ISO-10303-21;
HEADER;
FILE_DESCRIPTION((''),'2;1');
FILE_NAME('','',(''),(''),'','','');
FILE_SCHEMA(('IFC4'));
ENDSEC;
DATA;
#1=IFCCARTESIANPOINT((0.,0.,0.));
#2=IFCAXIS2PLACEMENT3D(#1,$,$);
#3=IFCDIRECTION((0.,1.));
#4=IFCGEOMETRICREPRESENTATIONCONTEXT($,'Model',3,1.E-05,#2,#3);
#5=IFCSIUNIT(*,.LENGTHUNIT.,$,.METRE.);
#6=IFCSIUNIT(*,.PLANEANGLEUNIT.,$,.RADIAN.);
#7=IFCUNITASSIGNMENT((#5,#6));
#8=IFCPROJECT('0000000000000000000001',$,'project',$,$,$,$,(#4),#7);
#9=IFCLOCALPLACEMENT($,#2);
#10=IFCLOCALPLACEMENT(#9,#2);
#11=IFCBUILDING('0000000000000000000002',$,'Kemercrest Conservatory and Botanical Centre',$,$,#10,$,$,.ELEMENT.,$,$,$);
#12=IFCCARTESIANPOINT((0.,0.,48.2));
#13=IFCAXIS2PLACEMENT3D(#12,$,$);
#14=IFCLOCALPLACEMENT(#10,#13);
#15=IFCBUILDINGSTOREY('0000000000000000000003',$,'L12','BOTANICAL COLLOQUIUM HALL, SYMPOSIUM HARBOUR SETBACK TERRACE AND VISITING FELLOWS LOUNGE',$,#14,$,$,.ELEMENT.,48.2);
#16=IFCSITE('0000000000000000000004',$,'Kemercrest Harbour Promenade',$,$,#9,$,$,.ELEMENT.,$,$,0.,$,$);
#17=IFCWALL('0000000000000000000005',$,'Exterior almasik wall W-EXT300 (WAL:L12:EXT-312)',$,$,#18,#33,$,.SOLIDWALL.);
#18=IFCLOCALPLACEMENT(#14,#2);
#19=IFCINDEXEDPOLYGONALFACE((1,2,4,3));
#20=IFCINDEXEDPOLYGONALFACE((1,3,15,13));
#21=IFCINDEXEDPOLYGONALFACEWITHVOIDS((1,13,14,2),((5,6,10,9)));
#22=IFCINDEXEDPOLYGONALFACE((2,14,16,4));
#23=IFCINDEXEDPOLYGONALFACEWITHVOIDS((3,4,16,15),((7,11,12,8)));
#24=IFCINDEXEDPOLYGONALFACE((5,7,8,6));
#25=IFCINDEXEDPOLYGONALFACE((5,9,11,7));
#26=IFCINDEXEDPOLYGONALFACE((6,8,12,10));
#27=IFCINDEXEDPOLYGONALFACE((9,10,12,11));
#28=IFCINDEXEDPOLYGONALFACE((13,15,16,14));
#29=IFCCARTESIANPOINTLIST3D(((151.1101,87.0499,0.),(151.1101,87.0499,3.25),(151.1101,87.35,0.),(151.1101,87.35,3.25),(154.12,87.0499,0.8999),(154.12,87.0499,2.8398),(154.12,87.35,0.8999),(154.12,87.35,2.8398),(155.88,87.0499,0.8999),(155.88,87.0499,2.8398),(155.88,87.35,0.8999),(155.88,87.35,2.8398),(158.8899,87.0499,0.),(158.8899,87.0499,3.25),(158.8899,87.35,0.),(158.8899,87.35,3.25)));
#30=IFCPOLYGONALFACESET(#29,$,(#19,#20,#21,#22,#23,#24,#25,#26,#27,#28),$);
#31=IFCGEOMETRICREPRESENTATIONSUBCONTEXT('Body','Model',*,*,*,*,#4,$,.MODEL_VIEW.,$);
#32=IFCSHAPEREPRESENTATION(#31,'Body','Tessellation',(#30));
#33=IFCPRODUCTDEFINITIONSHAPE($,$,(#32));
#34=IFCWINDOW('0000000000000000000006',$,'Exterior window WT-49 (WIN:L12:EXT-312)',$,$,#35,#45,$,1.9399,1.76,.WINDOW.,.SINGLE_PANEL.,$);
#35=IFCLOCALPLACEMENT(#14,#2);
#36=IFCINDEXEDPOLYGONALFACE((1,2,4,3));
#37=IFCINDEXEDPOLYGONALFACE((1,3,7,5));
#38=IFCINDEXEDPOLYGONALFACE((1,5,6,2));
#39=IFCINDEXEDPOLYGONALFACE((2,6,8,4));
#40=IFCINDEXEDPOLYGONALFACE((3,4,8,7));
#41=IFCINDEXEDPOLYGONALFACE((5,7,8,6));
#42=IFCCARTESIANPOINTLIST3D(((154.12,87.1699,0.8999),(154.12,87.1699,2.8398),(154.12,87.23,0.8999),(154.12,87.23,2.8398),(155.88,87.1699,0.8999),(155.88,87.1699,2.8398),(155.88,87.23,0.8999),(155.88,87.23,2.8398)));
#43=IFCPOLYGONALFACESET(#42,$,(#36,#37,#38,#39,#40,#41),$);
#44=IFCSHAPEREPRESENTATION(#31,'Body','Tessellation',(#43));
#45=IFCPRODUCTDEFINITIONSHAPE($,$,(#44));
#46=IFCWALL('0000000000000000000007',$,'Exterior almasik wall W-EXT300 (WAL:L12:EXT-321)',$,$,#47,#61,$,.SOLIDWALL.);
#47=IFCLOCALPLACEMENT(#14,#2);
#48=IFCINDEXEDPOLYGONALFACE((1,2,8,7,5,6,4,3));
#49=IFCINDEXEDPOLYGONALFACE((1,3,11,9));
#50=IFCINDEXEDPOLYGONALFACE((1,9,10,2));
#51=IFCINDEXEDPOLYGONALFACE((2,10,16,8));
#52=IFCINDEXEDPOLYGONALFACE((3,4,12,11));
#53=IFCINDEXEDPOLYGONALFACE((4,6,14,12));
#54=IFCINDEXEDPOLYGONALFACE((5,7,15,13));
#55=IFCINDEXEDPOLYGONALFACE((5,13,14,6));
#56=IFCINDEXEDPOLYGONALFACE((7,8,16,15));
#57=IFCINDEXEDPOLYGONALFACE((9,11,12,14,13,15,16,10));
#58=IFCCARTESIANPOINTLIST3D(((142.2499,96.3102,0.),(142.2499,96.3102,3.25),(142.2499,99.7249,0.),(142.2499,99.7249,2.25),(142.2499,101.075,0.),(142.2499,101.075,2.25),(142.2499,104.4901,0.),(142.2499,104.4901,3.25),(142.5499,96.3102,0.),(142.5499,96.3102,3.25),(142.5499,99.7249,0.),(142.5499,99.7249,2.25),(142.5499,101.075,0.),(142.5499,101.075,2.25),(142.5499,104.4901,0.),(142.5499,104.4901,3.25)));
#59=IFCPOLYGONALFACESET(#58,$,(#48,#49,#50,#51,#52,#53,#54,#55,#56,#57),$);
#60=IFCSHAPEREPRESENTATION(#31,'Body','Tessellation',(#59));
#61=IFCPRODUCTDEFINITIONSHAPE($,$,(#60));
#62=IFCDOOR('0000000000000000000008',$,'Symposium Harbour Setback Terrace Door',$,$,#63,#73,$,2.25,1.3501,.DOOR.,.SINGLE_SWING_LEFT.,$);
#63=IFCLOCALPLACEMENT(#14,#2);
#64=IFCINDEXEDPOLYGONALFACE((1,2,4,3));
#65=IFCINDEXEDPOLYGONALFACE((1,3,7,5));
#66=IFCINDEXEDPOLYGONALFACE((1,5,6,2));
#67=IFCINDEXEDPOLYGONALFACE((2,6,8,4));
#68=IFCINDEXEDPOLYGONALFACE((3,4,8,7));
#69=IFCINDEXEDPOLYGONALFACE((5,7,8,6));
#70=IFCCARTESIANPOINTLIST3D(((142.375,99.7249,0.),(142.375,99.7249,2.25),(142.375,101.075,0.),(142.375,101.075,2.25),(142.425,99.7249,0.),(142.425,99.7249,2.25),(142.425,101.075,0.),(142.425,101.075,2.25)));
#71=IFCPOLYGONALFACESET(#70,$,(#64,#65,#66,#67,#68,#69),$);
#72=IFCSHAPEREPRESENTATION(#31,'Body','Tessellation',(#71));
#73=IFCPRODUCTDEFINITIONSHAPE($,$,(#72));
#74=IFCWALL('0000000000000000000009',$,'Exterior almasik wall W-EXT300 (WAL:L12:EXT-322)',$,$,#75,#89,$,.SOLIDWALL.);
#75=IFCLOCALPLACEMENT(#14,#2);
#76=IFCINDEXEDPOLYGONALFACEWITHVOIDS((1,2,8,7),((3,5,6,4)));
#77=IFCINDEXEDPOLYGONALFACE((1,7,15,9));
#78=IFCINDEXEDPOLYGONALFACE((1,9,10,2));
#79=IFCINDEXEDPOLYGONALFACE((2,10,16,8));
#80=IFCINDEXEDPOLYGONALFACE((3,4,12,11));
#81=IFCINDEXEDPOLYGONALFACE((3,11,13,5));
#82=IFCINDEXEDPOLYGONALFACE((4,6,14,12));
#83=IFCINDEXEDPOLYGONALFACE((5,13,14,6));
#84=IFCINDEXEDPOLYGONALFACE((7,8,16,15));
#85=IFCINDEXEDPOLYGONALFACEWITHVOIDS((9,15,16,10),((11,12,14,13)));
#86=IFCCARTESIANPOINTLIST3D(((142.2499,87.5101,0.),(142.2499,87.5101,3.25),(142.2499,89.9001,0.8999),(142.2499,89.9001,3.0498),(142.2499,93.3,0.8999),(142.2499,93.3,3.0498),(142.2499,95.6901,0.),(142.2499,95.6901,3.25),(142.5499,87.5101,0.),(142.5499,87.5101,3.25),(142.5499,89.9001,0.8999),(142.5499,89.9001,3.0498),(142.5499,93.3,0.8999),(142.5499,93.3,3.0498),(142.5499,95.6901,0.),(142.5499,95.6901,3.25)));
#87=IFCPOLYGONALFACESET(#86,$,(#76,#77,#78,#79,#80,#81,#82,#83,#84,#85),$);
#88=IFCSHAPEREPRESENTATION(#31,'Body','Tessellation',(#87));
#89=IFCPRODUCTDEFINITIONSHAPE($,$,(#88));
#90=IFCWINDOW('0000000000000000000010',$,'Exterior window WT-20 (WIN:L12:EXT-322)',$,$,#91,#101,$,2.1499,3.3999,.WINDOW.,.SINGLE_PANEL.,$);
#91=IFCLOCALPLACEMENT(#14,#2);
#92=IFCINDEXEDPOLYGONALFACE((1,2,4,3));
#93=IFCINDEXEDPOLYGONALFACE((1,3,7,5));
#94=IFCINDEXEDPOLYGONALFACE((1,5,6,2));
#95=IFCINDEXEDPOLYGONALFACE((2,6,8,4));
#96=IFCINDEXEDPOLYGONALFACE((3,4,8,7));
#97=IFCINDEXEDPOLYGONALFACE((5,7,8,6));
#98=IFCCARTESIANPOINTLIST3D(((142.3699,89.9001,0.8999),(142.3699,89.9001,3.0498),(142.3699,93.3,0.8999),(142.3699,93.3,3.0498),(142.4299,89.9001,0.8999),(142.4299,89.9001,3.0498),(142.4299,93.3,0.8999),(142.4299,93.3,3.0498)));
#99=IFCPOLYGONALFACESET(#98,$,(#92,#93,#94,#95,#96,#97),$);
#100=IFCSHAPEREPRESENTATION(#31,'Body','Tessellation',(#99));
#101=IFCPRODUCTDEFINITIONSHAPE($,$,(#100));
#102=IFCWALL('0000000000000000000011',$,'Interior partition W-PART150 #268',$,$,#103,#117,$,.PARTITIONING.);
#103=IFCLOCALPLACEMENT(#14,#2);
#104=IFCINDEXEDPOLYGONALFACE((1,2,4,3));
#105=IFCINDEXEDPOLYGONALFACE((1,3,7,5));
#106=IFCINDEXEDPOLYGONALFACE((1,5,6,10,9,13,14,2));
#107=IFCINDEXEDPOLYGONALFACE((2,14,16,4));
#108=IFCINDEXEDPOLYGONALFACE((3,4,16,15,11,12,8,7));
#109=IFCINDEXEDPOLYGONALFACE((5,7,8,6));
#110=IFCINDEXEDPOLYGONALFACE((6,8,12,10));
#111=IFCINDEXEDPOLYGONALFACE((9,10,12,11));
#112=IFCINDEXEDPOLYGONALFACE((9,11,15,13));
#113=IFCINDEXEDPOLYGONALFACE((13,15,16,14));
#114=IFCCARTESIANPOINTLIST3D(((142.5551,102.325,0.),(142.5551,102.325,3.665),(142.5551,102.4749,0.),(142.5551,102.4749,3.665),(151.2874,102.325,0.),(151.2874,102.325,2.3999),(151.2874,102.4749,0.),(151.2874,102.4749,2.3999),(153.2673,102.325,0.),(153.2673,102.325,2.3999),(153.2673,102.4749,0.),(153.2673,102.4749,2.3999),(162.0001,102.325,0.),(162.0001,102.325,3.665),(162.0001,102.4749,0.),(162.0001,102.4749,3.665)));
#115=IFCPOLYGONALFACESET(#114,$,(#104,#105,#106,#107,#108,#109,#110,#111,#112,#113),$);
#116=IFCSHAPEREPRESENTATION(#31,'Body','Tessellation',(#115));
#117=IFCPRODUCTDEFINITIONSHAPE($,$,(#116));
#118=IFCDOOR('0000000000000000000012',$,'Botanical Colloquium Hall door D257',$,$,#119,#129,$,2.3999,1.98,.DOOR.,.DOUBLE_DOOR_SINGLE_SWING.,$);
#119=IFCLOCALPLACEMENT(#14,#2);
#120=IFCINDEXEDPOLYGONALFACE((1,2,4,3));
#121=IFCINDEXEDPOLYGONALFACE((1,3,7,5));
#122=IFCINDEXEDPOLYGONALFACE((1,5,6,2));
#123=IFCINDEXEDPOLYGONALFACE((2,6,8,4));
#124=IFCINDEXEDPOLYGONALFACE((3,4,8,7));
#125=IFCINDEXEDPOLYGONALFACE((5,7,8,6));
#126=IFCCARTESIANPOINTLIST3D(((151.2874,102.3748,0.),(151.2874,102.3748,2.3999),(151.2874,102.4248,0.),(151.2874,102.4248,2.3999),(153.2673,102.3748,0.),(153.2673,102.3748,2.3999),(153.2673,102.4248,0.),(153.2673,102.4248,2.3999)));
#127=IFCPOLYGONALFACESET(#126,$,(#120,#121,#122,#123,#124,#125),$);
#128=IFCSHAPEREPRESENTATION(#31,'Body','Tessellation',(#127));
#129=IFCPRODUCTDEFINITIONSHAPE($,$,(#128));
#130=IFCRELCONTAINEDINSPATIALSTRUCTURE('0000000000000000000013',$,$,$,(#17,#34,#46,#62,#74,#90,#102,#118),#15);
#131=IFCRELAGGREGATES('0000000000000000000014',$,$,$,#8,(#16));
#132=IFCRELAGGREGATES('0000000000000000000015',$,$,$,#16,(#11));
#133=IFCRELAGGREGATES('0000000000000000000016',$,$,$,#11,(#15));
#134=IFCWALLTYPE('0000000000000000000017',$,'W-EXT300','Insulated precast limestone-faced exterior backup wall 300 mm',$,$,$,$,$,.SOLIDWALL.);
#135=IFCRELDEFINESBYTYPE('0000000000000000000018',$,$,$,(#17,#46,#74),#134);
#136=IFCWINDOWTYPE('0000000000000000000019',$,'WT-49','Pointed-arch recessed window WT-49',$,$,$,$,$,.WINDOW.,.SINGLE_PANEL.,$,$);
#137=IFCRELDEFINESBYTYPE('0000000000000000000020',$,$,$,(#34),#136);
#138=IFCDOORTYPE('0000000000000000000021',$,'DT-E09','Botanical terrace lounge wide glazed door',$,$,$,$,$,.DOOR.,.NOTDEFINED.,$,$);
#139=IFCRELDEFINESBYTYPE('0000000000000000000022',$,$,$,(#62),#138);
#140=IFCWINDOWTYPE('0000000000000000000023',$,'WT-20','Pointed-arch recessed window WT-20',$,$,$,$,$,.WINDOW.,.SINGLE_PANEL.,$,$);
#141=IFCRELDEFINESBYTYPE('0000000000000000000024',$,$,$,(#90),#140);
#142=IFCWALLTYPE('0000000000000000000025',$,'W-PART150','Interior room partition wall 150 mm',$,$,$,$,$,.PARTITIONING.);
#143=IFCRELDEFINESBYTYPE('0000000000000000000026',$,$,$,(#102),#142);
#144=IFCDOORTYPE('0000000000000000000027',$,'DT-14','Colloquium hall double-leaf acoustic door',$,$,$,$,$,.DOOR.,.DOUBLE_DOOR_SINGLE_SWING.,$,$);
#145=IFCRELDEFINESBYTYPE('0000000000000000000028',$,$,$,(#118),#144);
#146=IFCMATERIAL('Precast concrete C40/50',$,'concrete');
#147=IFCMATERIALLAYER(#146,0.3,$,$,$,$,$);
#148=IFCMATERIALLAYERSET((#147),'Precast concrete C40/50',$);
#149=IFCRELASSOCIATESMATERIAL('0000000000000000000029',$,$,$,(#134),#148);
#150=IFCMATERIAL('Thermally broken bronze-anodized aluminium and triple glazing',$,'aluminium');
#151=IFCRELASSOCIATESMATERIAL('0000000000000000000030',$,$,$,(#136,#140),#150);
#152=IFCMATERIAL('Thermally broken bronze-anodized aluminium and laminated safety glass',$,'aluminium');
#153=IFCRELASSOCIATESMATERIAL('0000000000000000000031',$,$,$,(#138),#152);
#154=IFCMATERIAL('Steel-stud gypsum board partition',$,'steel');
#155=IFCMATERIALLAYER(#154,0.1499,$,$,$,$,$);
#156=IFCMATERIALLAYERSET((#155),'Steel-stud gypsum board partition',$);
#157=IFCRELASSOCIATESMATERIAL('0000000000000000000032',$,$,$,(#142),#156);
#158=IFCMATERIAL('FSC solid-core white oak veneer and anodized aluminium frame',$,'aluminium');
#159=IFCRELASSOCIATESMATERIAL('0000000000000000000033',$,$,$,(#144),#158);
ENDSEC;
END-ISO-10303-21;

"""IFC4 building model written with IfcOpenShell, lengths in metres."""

from ifc_helpers import new_model, si_unit, direction, frame, frame_2d, origin, place, context, subcontext, project, spatial, rectangle, extrude, material, layer, layer_set, type_object, element, fill, save


model = new_model("IFC4")

# Units and contexts
model_context = context("Model", 3, precision=1e-05, world=origin(), true_north=direction((0.0, 1.0)))
body_context = subcontext(model_context, "Body", "Model", "MODEL_VIEW")
ifc_project = project(units=[si_unit("LENGTHUNIT", "METRE"), si_unit("PLANEANGLEUNIT", "RADIAN")], contexts=[model_context])

# Site, building, storey
site_placement = place(None, origin())
site = spatial("IfcSite", under=ifc_project, at=site_placement, Name="Kemercrest Harbour Promenade", CompositionType="ELEMENT", RefElevation=0.0)
building_placement = place(site_placement, origin())
building = spatial("IfcBuilding", under=site, at=building_placement, Name="Kemercrest Conservatory and Botanical Centre", CompositionType="ELEMENT")
storey_placement = place(building_placement, frame((0.0, 0.0, 48.2)))
storey = spatial("IfcBuildingStorey", under=building, at=storey_placement, Name="L12", Description="BOTANICAL COLLOQUIUM HALL, SYMPOSIUM HARBOUR SETBACK TERRACE AND VISITING FELLOWS LOUNGE", CompositionType="ELEMENT", Elevation=48.2)

# Wall, opening, window
ifc_material_1 = material(Name="Precast concrete C40/50", Category="concrete")
ifc_layer_1 = layer(ifc_material_1, 0.3)
ifc_layer_set_1 = layer_set([ifc_layer_1], Name="Precast concrete C40/50")
wall_type_1 = type_object("IfcWallType", Name="W-EXT300", Description="Insulated precast limestone-faced exterior backup wall 300 mm", PredefinedType="SOLIDWALL", material=ifc_layer_set_1)
wall_1_placement = place(storey_placement, frame((151.1101, 87.2, 0.0), z_axis=(0.0, 0.0, 1.0), x_axis=(1.0, 0.0, 0.0)))
wall_1 = element("IfcWall", 1, at=wall_1_placement, inside=storey, type_object=wall_type_1, Name="Exterior almasik wall W-EXT300 (WAL:L12:EXT-312)", PredefinedType="SOLIDWALL", context=body_context, shape_type="SweptSolid", body=[
    extrude(rectangle(XDim=7.7798, YDim=0.3, at=frame_2d((3.8899, 0.0))), origin(), (0.0, 0.0, 1.0), 3.25),
])
opening_1_placement = place(wall_1_placement, frame((3.01, 0.0, 0.8999)))
opening_1 = element("IfcOpeningElement", 2, at=opening_1_placement, cuts=wall_1, PredefinedType="OPENING", context=body_context, shape_type="SweptSolid", body=[
    extrude(rectangle(XDim=1.76, YDim=1.9399, at=frame_2d((0.8799, 0.97))), frame((0.0, 0.1602, 0.0), z_axis=(0.0, -1.0, 0.0), x_axis=(1.0, 0.0, 0.0)), (0.0, 0.0, 1.0), 0.3201),
])
ifc_material_2 = material(Name="Thermally broken bronze-anodized aluminium and triple glazing", Category="aluminium")
window_type_1 = type_object("IfcWindowType", Name="WT-49", Description="Pointed-arch recessed window WT-49", PartitioningType="SINGLE_PANEL", PredefinedType="WINDOW", material=ifc_material_2)
window_1_placement = place(opening_1_placement, origin())
window_1 = element("IfcWindow", 3, at=window_1_placement, inside=storey, type_object=window_type_1, Name="Exterior window WT-49 (WIN:L12:EXT-312)", OverallHeight=1.9399, OverallWidth=1.76, PartitioningType="SINGLE_PANEL", PredefinedType="WINDOW", context=body_context, shape_type="SweptSolid", body=[
    extrude(rectangle(XDim=1.76, YDim=1.9399, at=frame_2d((0.8799, 0.97))), frame((0.0, 0.03, 0.0), z_axis=(0.0, -1.0, 0.0), x_axis=(1.0, 0.0, 0.0)), (0.0, 0.0, 1.0), 0.0601),
])
fill(opening_1, window_1)

# Wall, opening, door
wall_2_placement = place(storey_placement, frame((142.3999, 104.49, 0.0), z_axis=(0.0, 0.0, 1.0), x_axis=(0.0, -1.0, 0.0)))
wall_2 = element("IfcWall", 4, at=wall_2_placement, inside=storey, type_object=wall_type_1, Name="Exterior almasik wall W-EXT300 (WAL:L12:EXT-321)", PredefinedType="SOLIDWALL", context=body_context, shape_type="SweptSolid", body=[
    extrude(rectangle(XDim=8.1799, YDim=0.3, at=frame_2d((4.0898, 0.0))), origin(), (0.0, 0.0, 1.0), 3.25),
])
opening_2_placement = place(wall_2_placement, frame((3.415, 0.0, 0.0)))
opening_2 = element("IfcOpeningElement", 5, at=opening_2_placement, cuts=wall_2, PredefinedType="OPENING", context=body_context, shape_type="SweptSolid", body=[
    extrude(rectangle(XDim=1.3501, YDim=2.25, at=frame_2d((0.675, 1.125))), frame((0.0, 0.1602, 0.0), z_axis=(0.0, -1.0, 0.0), x_axis=(1.0, 0.0, 0.0)), (0.0, 0.0, 1.0), 0.3201),
])
ifc_material_3 = material(Name="Thermally broken bronze-anodized aluminium and laminated safety glass", Category="aluminium")
door_type_1 = type_object("IfcDoorType", Name="DT-E09", Description="Botanical terrace lounge wide glazed door", OperationType="NOTDEFINED", PredefinedType="DOOR", material=ifc_material_3)
door_1_placement = place(opening_2_placement, frame((1.3501, 0.0, 0.0), z_axis=(0.0, 0.0, 1.0), x_axis=(-1.0, 0.0, 0.0)))
door_1 = element("IfcDoor", 6, at=door_1_placement, inside=storey, type_object=door_type_1, Name="Symposium Harbour Setback Terrace Door", OperationType="SINGLE_SWING_LEFT", OverallHeight=2.25, OverallWidth=1.3501, PredefinedType="DOOR", context=body_context, shape_type="SweptSolid", body=[
    extrude(rectangle(XDim=1.3501, YDim=2.25, at=frame_2d((0.675, 1.125))), frame((0.0, 0.0249, 0.0), z_axis=(0.0, -1.0, 0.0), x_axis=(1.0, 0.0, 0.0)), (0.0, 0.0, 1.0), 0.05),
])
fill(opening_2, door_1)

# Wall, opening, window
wall_3_placement = place(storey_placement, frame((142.3999, 95.6899, 0.0), z_axis=(0.0, 0.0, 1.0), x_axis=(0.0, -1.0, 0.0)))
wall_3 = element("IfcWall", 7, at=wall_3_placement, inside=storey, type_object=wall_type_1, Name="Exterior almasik wall W-EXT300 (WAL:L12:EXT-322)", PredefinedType="SOLIDWALL", context=body_context, shape_type="SweptSolid", body=[
    extrude(rectangle(XDim=8.1799, YDim=0.3, at=frame_2d((4.0898, 0.0))), origin(), (0.0, 0.0, 1.0), 3.25),
])
opening_3_placement = place(wall_3_placement, frame((2.3899, 0.0, 0.8999)))
opening_3 = element("IfcOpeningElement", 8, at=opening_3_placement, cuts=wall_3, PredefinedType="OPENING", context=body_context, shape_type="SweptSolid", body=[
    extrude(rectangle(XDim=3.3999, YDim=2.1499, at=frame_2d((1.7, 1.075))), frame((0.0, 0.1602, 0.0), z_axis=(0.0, -1.0, 0.0), x_axis=(1.0, 0.0, 0.0)), (0.0, 0.0, 1.0), 0.3201),
])
window_type_2 = type_object("IfcWindowType", Name="WT-20", Description="Pointed-arch recessed window WT-20", PartitioningType="SINGLE_PANEL", PredefinedType="WINDOW", material=ifc_material_2)
window_2_placement = place(opening_3_placement, origin())
window_2 = element("IfcWindow", 9, at=window_2_placement, inside=storey, type_object=window_type_2, Name="Exterior window WT-20 (WIN:L12:EXT-322)", OverallHeight=2.1499, OverallWidth=3.3999, PartitioningType="SINGLE_PANEL", PredefinedType="WINDOW", context=body_context, shape_type="SweptSolid", body=[
    extrude(rectangle(XDim=3.3999, YDim=2.1499, at=frame_2d((1.7, 1.075))), frame((0.0, 0.03, 0.0), z_axis=(0.0, -1.0, 0.0), x_axis=(1.0, 0.0, 0.0)), (0.0, 0.0, 1.0), 0.0601),
])
fill(opening_3, window_2)

# Wall, opening, door
ifc_material_4 = material(Name="Steel-stud gypsum board partition", Category="steel")
ifc_layer_2 = layer(ifc_material_4, 0.1499)
ifc_layer_set_2 = layer_set([ifc_layer_2], Name="Steel-stud gypsum board partition")
wall_type_2 = type_object("IfcWallType", Name="W-PART150", Description="Interior room partition wall 150 mm", PredefinedType="PARTITIONING", material=ifc_layer_set_2)
wall_4_placement = place(storey_placement, frame((142.5549, 102.3999, 0.0), z_axis=(0.0, 0.0, 1.0), x_axis=(1.0, 0.0, 0.0)))
wall_4 = element("IfcWall", 10, at=wall_4_placement, inside=storey, type_object=wall_type_2, Name="Interior partition W-PART150 #268", PredefinedType="PARTITIONING", context=body_context, shape_type="SweptSolid", body=[
    extrude(rectangle(XDim=19.4451, YDim=0.1499, at=frame_2d((9.7227, 0.0))), origin(), (0.0, 0.0, 1.0), 3.665),
])
opening_4_placement = place(wall_4_placement, frame((8.7324, 0.0, 0.0)))
opening_4 = element("IfcOpeningElement", 11, at=opening_4_placement, cuts=wall_4, PredefinedType="OPENING", context=body_context, shape_type="SweptSolid", body=[
    extrude(rectangle(XDim=1.98, YDim=2.3999, at=frame_2d((0.99, 1.2))), frame((0.0, 0.085, 0.0), z_axis=(0.0, -1.0, 0.0), x_axis=(1.0, 0.0, 0.0)), (0.0, 0.0, 1.0), 0.1699),
])
ifc_material_5 = material(Name="FSC solid-core white oak veneer and anodized aluminium frame", Category="aluminium")
door_type_2 = type_object("IfcDoorType", Name="DT-14", Description="Colloquium hall double-leaf acoustic door", OperationType="DOUBLE_DOOR_SINGLE_SWING", PredefinedType="DOOR", material=ifc_material_5)
door_2_placement = place(opening_4_placement, origin())
door_2 = element("IfcDoor", 12, at=door_2_placement, inside=storey, type_object=door_type_2, Name="Botanical Colloquium Hall door D257", OperationType="DOUBLE_DOOR_SINGLE_SWING", OverallHeight=2.3999, OverallWidth=1.98, PredefinedType="DOOR", context=body_context, shape_type="SweptSolid", body=[
    extrude(rectangle(XDim=1.98, YDim=2.3999, at=frame_2d((0.99, 1.2))), frame((0.0, 0.0249, 0.0), z_axis=(0.0, -1.0, 0.0), x_axis=(1.0, 0.0, 0.0)), (0.0, 0.0, 1.0), 0.05),
])
fill(opening_4, door_2)

save(model, "model.ifc")
